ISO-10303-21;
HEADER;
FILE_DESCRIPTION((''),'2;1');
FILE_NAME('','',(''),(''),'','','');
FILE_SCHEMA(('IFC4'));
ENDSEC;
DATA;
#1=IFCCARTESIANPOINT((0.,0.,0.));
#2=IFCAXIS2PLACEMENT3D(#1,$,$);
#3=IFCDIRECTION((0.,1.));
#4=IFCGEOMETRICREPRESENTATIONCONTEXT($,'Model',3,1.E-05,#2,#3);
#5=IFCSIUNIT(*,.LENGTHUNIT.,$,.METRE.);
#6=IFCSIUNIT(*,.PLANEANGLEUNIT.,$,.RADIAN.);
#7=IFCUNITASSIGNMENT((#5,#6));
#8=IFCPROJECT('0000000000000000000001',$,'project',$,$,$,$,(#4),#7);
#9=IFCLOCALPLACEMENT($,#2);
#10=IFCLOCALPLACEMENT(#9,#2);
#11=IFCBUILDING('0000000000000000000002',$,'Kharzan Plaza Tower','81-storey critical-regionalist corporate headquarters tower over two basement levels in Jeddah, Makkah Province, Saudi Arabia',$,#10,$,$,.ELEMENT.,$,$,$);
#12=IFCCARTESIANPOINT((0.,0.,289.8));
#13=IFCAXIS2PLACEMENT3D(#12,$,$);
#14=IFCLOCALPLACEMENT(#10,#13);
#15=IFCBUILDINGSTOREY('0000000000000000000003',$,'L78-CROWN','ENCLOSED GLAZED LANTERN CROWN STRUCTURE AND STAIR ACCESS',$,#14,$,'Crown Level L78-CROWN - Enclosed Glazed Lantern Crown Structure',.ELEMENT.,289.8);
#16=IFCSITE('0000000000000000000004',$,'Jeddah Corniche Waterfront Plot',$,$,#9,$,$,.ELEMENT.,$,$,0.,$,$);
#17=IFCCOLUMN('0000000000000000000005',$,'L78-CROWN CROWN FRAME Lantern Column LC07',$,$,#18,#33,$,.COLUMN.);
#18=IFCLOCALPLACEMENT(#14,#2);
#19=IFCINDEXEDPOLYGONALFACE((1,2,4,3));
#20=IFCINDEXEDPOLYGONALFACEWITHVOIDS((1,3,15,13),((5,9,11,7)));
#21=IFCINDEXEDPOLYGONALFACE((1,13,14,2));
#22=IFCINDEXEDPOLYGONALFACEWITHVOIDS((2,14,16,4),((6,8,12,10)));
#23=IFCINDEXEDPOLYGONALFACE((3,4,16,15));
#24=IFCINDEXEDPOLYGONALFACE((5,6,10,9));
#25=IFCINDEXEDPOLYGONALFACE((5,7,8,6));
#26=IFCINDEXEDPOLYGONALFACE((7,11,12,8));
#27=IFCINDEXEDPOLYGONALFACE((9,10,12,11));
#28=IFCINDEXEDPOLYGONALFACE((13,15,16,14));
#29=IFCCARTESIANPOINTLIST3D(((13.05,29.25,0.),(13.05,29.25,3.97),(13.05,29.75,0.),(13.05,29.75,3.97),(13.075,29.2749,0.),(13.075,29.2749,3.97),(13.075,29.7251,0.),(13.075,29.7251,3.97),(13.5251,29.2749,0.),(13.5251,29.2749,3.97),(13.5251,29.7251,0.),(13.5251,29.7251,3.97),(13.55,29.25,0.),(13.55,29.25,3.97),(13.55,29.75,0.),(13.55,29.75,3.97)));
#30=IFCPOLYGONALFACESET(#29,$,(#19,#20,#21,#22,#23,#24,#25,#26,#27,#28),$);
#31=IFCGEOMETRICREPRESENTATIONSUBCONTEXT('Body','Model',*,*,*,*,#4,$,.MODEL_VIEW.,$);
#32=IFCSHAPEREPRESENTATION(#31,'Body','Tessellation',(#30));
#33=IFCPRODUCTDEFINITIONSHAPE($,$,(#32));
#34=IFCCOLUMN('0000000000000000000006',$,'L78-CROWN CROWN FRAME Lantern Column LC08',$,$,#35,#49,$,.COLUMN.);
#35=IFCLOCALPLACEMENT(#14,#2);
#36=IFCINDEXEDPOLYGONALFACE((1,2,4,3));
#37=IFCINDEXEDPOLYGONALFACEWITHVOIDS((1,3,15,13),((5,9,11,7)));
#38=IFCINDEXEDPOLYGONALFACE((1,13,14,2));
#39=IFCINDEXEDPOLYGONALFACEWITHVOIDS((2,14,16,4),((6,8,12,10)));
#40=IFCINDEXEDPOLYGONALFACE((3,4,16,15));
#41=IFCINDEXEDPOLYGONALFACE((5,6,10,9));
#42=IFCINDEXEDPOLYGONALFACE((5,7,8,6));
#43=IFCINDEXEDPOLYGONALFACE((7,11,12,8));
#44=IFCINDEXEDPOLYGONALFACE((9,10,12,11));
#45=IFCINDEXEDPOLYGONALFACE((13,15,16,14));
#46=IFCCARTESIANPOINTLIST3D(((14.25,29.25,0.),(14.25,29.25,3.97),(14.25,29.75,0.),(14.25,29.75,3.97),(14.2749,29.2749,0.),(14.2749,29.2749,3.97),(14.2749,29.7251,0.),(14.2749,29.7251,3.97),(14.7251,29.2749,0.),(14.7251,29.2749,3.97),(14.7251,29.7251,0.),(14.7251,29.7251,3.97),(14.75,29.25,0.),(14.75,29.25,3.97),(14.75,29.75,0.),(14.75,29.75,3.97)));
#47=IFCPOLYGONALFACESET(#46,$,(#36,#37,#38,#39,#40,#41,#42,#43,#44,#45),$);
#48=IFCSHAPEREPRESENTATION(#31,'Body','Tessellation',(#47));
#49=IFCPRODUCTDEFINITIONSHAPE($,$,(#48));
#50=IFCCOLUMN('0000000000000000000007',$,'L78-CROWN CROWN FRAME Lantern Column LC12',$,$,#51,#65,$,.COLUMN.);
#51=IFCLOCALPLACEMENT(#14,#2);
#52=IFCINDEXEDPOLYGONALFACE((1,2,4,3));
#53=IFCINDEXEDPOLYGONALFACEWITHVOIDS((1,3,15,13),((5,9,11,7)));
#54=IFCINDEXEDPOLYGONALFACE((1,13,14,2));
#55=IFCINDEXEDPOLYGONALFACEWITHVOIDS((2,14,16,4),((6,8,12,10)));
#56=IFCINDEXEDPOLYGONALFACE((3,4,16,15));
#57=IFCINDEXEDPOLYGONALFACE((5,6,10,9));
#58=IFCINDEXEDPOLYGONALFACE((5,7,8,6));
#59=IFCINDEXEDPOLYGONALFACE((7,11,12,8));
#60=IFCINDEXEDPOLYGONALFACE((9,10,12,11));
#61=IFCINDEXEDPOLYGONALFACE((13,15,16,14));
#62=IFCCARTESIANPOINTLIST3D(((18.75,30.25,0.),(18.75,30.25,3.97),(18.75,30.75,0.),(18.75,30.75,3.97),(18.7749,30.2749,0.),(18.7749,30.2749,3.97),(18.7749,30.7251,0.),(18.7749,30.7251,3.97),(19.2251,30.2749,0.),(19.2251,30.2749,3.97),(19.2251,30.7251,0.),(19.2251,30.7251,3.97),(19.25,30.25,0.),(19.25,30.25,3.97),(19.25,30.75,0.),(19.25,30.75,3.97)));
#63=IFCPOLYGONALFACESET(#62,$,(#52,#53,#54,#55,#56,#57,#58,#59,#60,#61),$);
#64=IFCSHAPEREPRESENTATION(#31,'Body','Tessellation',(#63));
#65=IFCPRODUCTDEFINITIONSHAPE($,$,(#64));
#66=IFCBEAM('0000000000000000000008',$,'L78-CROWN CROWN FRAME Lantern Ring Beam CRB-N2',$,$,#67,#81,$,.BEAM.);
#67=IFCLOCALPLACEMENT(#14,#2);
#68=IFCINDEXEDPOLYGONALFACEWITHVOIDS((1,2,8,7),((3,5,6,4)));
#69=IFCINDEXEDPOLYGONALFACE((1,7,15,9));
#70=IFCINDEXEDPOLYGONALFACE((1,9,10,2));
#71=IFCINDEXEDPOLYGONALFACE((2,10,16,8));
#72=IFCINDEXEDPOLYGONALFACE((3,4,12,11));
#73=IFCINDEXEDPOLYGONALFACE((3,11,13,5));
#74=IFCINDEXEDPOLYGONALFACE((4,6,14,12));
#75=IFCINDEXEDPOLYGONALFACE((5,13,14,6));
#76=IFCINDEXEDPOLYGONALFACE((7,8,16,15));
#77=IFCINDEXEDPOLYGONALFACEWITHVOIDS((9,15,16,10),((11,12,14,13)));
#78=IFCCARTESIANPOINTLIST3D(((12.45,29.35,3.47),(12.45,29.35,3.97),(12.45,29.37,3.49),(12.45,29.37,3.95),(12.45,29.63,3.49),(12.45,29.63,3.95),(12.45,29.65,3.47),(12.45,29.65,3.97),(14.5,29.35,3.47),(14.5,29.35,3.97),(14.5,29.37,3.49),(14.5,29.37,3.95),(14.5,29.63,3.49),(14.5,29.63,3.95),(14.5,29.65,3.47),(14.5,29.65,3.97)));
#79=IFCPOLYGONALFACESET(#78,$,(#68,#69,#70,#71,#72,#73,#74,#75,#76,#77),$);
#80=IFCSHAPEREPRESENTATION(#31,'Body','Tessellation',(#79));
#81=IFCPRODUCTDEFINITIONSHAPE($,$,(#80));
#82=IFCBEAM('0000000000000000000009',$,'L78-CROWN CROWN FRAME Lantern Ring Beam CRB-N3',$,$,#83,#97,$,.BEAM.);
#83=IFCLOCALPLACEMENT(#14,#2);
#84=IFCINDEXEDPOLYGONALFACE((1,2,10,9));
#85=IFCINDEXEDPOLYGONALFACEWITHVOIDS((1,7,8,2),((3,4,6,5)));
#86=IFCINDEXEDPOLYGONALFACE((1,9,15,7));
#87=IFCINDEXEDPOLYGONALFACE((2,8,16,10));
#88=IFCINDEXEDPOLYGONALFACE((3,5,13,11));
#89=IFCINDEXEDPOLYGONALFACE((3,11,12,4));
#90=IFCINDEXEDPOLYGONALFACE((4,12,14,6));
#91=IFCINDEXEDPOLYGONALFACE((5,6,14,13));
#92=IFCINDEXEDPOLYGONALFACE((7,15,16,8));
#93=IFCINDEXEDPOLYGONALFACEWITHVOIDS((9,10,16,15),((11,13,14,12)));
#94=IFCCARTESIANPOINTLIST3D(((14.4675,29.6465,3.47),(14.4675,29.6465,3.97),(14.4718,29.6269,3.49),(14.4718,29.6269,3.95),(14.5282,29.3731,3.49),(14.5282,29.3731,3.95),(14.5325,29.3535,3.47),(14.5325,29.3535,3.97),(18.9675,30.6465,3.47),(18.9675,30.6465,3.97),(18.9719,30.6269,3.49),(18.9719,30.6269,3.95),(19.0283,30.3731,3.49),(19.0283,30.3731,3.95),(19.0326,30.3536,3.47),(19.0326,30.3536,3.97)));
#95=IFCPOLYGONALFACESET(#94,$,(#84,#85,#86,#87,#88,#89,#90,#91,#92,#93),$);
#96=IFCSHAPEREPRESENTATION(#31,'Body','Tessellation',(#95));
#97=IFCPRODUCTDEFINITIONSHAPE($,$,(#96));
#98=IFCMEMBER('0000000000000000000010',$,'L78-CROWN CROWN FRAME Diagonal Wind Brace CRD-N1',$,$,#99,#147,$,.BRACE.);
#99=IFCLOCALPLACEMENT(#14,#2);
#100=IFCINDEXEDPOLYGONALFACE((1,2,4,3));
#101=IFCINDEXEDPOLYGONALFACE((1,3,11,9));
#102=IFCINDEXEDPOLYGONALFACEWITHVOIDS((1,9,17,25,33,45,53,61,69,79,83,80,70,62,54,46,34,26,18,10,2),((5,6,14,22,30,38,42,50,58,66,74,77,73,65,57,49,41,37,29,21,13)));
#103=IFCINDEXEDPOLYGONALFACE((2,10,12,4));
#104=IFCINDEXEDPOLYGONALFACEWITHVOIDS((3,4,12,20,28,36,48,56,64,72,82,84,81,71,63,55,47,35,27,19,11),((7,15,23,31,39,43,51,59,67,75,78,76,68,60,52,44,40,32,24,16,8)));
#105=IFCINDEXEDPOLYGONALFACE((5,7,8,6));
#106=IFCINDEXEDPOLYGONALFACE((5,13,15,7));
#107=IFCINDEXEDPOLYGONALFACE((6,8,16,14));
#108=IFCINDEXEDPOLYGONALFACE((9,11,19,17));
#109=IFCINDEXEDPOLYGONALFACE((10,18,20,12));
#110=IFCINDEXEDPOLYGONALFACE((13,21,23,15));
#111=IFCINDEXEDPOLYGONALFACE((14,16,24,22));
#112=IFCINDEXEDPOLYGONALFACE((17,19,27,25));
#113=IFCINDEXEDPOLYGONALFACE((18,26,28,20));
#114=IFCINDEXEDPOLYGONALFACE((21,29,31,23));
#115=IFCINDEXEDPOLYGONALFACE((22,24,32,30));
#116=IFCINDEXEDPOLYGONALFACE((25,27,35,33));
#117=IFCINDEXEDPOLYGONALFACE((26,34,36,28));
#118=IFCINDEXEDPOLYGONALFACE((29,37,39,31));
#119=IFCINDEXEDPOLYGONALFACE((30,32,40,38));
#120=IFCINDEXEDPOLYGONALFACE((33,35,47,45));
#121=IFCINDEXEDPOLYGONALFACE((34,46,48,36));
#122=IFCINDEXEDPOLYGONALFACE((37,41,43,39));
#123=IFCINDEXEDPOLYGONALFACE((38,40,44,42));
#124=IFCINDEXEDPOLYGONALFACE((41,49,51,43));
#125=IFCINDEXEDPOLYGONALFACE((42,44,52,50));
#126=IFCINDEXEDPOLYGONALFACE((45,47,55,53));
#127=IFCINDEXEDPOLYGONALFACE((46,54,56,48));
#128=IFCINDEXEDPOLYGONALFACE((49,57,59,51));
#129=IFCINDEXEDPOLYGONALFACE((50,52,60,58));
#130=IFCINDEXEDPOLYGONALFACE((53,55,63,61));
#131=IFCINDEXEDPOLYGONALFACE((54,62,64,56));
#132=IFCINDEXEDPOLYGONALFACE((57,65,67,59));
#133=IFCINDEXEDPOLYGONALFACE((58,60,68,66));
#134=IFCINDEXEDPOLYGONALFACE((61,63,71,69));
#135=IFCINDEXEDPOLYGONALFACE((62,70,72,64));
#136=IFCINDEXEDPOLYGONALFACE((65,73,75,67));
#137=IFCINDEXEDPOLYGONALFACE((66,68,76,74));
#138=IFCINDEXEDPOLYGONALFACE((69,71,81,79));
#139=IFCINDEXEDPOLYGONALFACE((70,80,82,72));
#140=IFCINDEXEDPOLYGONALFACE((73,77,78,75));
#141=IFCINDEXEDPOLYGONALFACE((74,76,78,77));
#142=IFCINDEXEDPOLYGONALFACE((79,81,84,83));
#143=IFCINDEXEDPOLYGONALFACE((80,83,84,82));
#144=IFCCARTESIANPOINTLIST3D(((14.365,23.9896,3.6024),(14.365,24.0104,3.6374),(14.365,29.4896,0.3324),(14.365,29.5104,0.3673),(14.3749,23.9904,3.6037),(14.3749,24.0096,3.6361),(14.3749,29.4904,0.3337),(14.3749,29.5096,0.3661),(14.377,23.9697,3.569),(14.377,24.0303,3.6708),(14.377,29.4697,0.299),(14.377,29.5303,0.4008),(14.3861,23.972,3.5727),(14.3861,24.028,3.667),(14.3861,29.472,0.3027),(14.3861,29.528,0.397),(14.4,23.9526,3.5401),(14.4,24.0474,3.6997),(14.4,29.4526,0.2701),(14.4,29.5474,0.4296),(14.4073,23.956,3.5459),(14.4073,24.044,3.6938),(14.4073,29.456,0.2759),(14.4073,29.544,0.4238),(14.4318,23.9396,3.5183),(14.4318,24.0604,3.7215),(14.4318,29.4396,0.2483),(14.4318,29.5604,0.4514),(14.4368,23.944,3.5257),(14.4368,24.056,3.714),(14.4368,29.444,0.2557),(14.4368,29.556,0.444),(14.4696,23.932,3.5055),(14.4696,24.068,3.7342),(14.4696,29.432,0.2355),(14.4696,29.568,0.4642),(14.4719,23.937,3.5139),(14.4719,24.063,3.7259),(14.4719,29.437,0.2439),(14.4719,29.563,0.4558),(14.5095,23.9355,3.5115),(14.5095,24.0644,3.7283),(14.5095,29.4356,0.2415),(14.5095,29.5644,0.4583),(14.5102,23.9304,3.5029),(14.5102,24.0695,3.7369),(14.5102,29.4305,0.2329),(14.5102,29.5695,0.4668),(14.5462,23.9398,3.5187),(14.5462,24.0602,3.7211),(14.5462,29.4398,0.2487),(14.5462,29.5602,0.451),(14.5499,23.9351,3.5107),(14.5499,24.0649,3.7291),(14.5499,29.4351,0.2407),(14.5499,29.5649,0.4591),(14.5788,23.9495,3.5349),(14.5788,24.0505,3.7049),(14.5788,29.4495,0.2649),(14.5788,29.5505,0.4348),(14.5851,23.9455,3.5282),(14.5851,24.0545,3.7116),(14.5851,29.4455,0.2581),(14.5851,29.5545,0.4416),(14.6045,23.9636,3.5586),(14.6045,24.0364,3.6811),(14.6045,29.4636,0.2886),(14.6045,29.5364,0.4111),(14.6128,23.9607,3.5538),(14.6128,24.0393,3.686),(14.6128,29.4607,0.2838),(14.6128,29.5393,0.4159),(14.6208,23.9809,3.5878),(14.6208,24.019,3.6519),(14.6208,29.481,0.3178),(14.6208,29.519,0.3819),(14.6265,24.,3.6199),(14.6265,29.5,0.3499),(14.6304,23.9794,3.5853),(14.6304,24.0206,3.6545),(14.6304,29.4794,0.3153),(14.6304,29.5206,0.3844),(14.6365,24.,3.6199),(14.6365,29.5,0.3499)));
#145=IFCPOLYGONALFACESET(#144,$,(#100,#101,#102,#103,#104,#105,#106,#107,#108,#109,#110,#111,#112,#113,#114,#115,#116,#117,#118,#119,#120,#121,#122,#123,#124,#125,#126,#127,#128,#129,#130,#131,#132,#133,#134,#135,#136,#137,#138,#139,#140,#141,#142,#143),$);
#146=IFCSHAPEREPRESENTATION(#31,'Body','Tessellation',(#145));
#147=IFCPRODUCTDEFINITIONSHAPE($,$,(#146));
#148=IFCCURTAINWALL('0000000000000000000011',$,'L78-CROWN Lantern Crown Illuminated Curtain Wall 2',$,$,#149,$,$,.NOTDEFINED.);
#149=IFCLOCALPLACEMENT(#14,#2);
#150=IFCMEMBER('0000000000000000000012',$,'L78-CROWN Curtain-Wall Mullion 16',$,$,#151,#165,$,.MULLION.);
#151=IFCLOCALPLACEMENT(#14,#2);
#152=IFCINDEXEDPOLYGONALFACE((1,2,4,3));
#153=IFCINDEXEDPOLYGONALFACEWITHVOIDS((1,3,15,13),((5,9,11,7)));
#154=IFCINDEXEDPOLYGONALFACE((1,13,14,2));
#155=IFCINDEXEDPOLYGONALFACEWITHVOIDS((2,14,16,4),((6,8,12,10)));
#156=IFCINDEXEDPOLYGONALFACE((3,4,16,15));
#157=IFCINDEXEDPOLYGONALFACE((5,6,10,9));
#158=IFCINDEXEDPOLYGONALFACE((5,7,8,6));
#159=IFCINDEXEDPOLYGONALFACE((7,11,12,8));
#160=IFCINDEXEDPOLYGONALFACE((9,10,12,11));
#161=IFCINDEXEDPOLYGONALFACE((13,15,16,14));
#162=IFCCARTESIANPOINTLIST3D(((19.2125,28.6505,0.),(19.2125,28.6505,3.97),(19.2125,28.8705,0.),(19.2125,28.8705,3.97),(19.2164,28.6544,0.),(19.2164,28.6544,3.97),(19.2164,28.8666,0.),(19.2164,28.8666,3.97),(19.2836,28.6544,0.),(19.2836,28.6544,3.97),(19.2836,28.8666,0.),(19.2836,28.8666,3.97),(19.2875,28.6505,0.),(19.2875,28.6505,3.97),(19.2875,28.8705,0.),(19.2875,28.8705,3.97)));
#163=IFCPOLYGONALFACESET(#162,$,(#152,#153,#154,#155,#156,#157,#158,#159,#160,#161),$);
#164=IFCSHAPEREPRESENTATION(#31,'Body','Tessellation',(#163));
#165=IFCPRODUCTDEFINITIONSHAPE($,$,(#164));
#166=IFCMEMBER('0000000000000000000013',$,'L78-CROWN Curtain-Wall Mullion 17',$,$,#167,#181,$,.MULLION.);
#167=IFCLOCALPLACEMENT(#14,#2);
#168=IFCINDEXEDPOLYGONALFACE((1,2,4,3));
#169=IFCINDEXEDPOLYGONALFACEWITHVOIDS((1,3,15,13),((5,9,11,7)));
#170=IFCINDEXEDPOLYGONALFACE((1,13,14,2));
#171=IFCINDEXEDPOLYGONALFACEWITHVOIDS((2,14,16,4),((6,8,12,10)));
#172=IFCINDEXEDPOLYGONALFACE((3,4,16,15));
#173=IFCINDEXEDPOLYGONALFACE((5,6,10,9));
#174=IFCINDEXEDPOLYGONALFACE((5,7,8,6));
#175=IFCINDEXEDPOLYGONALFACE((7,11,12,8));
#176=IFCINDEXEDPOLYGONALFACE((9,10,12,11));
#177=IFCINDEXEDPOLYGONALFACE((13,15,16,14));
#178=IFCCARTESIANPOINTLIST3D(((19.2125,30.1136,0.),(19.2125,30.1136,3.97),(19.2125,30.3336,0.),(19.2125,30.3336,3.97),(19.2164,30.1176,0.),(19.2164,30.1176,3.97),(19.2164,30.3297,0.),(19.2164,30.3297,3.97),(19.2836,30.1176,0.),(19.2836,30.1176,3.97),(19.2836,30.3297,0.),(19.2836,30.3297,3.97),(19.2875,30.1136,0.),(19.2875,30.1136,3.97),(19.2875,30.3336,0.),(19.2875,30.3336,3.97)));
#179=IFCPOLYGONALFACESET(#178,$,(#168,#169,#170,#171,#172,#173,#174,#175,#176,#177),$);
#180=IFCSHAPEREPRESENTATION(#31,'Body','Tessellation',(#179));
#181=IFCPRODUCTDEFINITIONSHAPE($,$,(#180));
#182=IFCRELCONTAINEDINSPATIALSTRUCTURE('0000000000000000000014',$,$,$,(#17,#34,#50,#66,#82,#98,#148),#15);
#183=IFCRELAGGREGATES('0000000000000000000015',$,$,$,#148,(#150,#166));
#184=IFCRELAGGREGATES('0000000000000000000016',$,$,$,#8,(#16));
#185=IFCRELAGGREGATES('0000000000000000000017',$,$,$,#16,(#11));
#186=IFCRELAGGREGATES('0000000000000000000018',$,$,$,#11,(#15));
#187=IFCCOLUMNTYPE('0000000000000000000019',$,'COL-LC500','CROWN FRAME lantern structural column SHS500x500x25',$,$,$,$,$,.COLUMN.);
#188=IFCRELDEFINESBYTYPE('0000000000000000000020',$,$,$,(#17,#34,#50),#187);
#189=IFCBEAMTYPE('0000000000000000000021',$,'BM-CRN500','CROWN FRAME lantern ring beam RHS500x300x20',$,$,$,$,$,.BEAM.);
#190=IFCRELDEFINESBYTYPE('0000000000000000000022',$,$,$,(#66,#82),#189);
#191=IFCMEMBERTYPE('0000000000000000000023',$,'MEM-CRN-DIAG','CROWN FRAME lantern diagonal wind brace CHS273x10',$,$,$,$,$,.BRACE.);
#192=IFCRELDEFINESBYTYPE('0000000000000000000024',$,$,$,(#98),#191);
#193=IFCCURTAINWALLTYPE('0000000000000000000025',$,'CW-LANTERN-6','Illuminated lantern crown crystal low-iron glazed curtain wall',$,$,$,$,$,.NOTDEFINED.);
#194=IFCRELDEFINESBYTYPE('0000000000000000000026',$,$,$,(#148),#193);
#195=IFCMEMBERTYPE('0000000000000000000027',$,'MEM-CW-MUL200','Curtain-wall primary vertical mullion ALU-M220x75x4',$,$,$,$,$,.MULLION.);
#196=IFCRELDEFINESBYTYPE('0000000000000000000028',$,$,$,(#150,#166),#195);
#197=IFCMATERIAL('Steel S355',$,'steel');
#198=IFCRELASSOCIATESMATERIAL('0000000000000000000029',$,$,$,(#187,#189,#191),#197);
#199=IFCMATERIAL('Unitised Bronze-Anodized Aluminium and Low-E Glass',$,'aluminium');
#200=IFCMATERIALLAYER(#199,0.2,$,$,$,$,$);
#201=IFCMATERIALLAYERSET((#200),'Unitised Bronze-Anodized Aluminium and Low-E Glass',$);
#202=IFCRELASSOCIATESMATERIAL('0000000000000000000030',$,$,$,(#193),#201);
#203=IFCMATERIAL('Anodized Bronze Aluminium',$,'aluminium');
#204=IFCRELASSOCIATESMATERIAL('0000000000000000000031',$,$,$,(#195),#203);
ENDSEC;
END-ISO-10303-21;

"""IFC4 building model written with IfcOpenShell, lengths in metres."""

from ifc_helpers import new_model, si_unit, direction, frame, origin, origin_2d, place, context, subcontext, project, spatial, hollow_rectangle, hollow_circle, extrude, source, transform, mapped, material, layer, layer_set, material_profile, profile_set, type_object, element, aggregate, save


model = new_model("IFC4")

# Units and contexts
model_context = context("Model", 3, precision=1e-05, world=origin(), true_north=direction((0.0, 1.0)))
body_context = subcontext(model_context, "Body", "Model", "MODEL_VIEW")
ifc_project = project(units=[si_unit("LENGTHUNIT", "METRE"), si_unit("PLANEANGLEUNIT", "RADIAN")], contexts=[model_context])

# Site, building, storey
site_placement = place(None, origin())
site = spatial("IfcSite", under=ifc_project, at=site_placement, Name="Jeddah Corniche Waterfront Plot", CompositionType="ELEMENT", RefElevation=0.0)
building_placement = place(site_placement, origin())
building = spatial("IfcBuilding", under=site, at=building_placement, Name="Kharzan Plaza Tower", Description="81-storey critical-regionalist corporate headquarters tower over two basement levels in Jeddah, Makkah Province, Saudi Arabia", CompositionType="ELEMENT")
storey_placement = place(building_placement, frame((0.0, 0.0, 289.8)))
storey = spatial("IfcBuildingStorey", under=building, at=storey_placement, Name="L78-CROWN", Description="ENCLOSED GLAZED LANTERN CROWN STRUCTURE AND STAIR ACCESS", LongName="Crown Level L78-CROWN - Enclosed Glazed Lantern Crown Structure", CompositionType="ELEMENT", Elevation=289.8)

# Columns
ifc_material_1 = material(Name="Steel S355", Category="steel")
ifc_material_profile_1 = material_profile(ifc_material_1, hollow_rectangle(XDim=0.5, YDim=0.5, WallThickness=0.0249, at=origin_2d()), Name="SHS500x500x25")
ifc_profile_set_1 = profile_set([ifc_material_profile_1], Name="Steel S355")
column_type = type_object("IfcColumnType", Name="COL-LC500", Description="CROWN FRAME lantern structural column SHS500x500x25", PredefinedType="COLUMN", material=ifc_profile_set_1)
shared_shape_1 = source(origin(), body_context, "Body", "SweptSolid", [
    extrude(hollow_rectangle(XDim=0.5, YDim=0.5, WallThickness=0.0249, at=origin_2d()), origin(), (0.0, 0.0, 1.0), 3.97),
])
for number, where, z_axis, x_axis, name in (
    (1, (13.3, 29.5, 0.0), (0.0, 0.0, 1.0), (1.0, 0.0, 0.0), "L78-CROWN CROWN FRAME Lantern Column LC07"),
    (2, (14.5, 29.5, 0.0), (0.0, 0.0, 1.0), (1.0, 0.0, 0.0), "L78-CROWN CROWN FRAME Lantern Column LC08"),
    (3, (19.0, 30.5, 0.0), (0.0, 0.0, 1.0), (1.0, 0.0, 0.0), "L78-CROWN CROWN FRAME Lantern Column LC12"),
):
    element("IfcColumn", number, at=place(storey_placement, frame(where, z_axis=z_axis, x_axis=x_axis)), inside=storey, type_object=column_type, Name=name, PredefinedType="COLUMN", context=body_context, shape_type="MappedRepresentation", body=[
        mapped(shared_shape_1, transform((0.0, 0.0, 0.0), x_axis=(1.0, 0.0, 0.0), y_axis=(0.0, 1.0, 0.0), z_axis=(0.0, 0.0, 1.0))),
    ])

# Beams
ifc_material_profile_2 = material_profile(ifc_material_1, hollow_rectangle(XDim=0.3, YDim=0.5, WallThickness=0.02, at=origin_2d()), Name="RHS500x300x20")
ifc_profile_set_2 = profile_set([ifc_material_profile_2], Name="Steel S355")
beam_type = type_object("IfcBeamType", Name="BM-CRN500", Description="CROWN FRAME lantern ring beam RHS500x300x20", PredefinedType="BEAM", material=ifc_profile_set_2)
shared_shape_2 = source(origin(), body_context, "Body", "SweptSolid", [
    extrude(hollow_rectangle(XDim=0.3, YDim=0.5, WallThickness=0.02, at=origin_2d()), origin(), (0.0, 0.0, 1.0), 2.05),
])
beam_1_placement = place(storey_placement, frame((12.45, 29.5, 3.72), z_axis=(1.0, 0.0, 0.0), x_axis=(0.0, 1.0, 0.0)))
element("IfcBeam", 4, at=beam_1_placement, inside=storey, type_object=beam_type, Name="L78-CROWN CROWN FRAME Lantern Ring Beam CRB-N2", PredefinedType="BEAM", context=body_context, shape_type="MappedRepresentation", body=[
    mapped(shared_shape_2, transform((0.0, 0.0, 0.0), x_axis=(1.0, 0.0, 0.0), y_axis=(0.0, 1.0, 0.0), z_axis=(0.0, 0.0, 1.0))),
])
shared_shape_3 = source(origin(), body_context, "Body", "SweptSolid", [
    extrude(hollow_rectangle(XDim=0.3, YDim=0.5, WallThickness=0.02, at=origin_2d()), origin(), (0.0, 0.0, 1.0), 4.6099),
])
beam_2_placement = place(storey_placement, frame((14.5, 29.5, 3.72), z_axis=(0.976187, 0.21693, 0.0), x_axis=(-0.21693, 0.976187, 0.0)))
element("IfcBeam", 5, at=beam_2_placement, inside=storey, type_object=beam_type, Name="L78-CROWN CROWN FRAME Lantern Ring Beam CRB-N3", PredefinedType="BEAM", context=body_context, shape_type="MappedRepresentation", body=[
    mapped(shared_shape_3, transform((0.0, 0.0, 0.0), x_axis=(1.0, 0.0, 0.0), y_axis=(0.0, 1.0, 0.0), z_axis=(0.0, 0.0, 1.0))),
])

# Member
ifc_material_profile_3 = material_profile(ifc_material_1, hollow_circle(Radius=0.1365, WallThickness=0.01, at=origin_2d()), Name="CHS273x10")
ifc_profile_set_3 = profile_set([ifc_material_profile_3], Name="Steel S355")
member_type_1 = type_object("IfcMemberType", Name="MEM-CRN-DIAG", Description="CROWN FRAME lantern diagonal wind brace CHS273x10", PredefinedType="BRACE", material=ifc_profile_set_3)
shared_shape_4 = source(origin(), body_context, "Body", "SweptSolid", [
    extrude(hollow_circle(Radius=0.1365, WallThickness=0.01, at=origin_2d()), origin(), (0.0, 0.0, 1.0), 6.3987),
])
member_1_placement = place(storey_placement, frame((14.5, 29.5, 0.3499), z_axis=(0.0, -0.859553, 0.511046), x_axis=(1.0, 0.0, 0.0)))
element("IfcMember", 6, at=member_1_placement, inside=storey, type_object=member_type_1, Name="L78-CROWN CROWN FRAME Diagonal Wind Brace CRD-N1", PredefinedType="BRACE", context=body_context, shape_type="MappedRepresentation", body=[
    mapped(shared_shape_4, transform((0.0, 0.0, 0.0), x_axis=(1.0, 0.0, 0.0), y_axis=(0.0, 1.0, 0.0), z_axis=(0.0, 0.0, 1.0))),
])

# Curtain wall, members
ifc_material_2 = material(Name="Unitised Bronze-Anodized Aluminium and Low-E Glass", Category="aluminium")
ifc_layer_1 = layer(ifc_material_2, 0.2)
ifc_layer_set_1 = layer_set([ifc_layer_1], Name="Unitised Bronze-Anodized Aluminium and Low-E Glass")
curtain_wall_type = type_object("IfcCurtainWallType", Name="CW-LANTERN-6", Description="Illuminated lantern crown crystal low-iron glazed curtain wall", PredefinedType="NOTDEFINED", material=ifc_layer_set_1)
curtain_wall_1_placement = place(storey_placement, origin())
curtain_wall_1 = element("IfcCurtainWall", 7, at=curtain_wall_1_placement, inside=storey, type_object=curtain_wall_type, Name="L78-CROWN Lantern Crown Illuminated Curtain Wall 2", PredefinedType="NOTDEFINED")
ifc_material_3 = material(Name="Anodized Bronze Aluminium", Category="aluminium")
ifc_material_profile_4 = material_profile(ifc_material_3, hollow_rectangle(XDim=0.075, YDim=0.22, WallThickness=0.0039, at=origin_2d()), Name="ALU-M220x75x4")
ifc_profile_set_4 = profile_set([ifc_material_profile_4], Name="Anodized Bronze Aluminium")
member_type_2 = type_object("IfcMemberType", Name="MEM-CW-MUL200", Description="Curtain-wall primary vertical mullion ALU-M220x75x4", PredefinedType="MULLION", material=ifc_profile_set_4)
shared_shape_5 = source(origin(), body_context, "Body", "SweptSolid", [
    extrude(hollow_rectangle(XDim=0.075, YDim=0.22, WallThickness=0.0039, at=origin_2d()), origin(), (0.0, 0.0, 1.0), 3.97),
])
member_2_placement = place(storey_placement, frame((19.25, 28.7605, 0.0), z_axis=(0.0, 0.0, 1.0), x_axis=(1.0, 0.0, 0.0)))
member_2 = element("IfcMember", 8, at=member_2_placement, type_object=member_type_2, Name="L78-CROWN Curtain-Wall Mullion 16", PredefinedType="MULLION", context=body_context, shape_type="MappedRepresentation", body=[
    mapped(shared_shape_5, transform((0.0, 0.0, 0.0), x_axis=(1.0, 0.0, 0.0), y_axis=(0.0, 1.0, 0.0), z_axis=(0.0, 0.0, 1.0))),
])
member_3_placement = place(storey_placement, frame((19.25, 30.2236, 0.0), z_axis=(0.0, 0.0, 1.0), x_axis=(1.0, 0.0, 0.0)))
member_3 = element("IfcMember", 9, at=member_3_placement, type_object=member_type_2, Name="L78-CROWN Curtain-Wall Mullion 17", PredefinedType="MULLION", context=body_context, shape_type="MappedRepresentation", body=[
    mapped(shared_shape_5, transform((0.0, 0.0, 0.0), x_axis=(1.0, 0.0, 0.0), y_axis=(0.0, 1.0, 0.0), z_axis=(0.0, 0.0, 1.0))),
])

aggregate(curtain_wall_1, [member_2, member_3])

save(model, "model.ifc")
